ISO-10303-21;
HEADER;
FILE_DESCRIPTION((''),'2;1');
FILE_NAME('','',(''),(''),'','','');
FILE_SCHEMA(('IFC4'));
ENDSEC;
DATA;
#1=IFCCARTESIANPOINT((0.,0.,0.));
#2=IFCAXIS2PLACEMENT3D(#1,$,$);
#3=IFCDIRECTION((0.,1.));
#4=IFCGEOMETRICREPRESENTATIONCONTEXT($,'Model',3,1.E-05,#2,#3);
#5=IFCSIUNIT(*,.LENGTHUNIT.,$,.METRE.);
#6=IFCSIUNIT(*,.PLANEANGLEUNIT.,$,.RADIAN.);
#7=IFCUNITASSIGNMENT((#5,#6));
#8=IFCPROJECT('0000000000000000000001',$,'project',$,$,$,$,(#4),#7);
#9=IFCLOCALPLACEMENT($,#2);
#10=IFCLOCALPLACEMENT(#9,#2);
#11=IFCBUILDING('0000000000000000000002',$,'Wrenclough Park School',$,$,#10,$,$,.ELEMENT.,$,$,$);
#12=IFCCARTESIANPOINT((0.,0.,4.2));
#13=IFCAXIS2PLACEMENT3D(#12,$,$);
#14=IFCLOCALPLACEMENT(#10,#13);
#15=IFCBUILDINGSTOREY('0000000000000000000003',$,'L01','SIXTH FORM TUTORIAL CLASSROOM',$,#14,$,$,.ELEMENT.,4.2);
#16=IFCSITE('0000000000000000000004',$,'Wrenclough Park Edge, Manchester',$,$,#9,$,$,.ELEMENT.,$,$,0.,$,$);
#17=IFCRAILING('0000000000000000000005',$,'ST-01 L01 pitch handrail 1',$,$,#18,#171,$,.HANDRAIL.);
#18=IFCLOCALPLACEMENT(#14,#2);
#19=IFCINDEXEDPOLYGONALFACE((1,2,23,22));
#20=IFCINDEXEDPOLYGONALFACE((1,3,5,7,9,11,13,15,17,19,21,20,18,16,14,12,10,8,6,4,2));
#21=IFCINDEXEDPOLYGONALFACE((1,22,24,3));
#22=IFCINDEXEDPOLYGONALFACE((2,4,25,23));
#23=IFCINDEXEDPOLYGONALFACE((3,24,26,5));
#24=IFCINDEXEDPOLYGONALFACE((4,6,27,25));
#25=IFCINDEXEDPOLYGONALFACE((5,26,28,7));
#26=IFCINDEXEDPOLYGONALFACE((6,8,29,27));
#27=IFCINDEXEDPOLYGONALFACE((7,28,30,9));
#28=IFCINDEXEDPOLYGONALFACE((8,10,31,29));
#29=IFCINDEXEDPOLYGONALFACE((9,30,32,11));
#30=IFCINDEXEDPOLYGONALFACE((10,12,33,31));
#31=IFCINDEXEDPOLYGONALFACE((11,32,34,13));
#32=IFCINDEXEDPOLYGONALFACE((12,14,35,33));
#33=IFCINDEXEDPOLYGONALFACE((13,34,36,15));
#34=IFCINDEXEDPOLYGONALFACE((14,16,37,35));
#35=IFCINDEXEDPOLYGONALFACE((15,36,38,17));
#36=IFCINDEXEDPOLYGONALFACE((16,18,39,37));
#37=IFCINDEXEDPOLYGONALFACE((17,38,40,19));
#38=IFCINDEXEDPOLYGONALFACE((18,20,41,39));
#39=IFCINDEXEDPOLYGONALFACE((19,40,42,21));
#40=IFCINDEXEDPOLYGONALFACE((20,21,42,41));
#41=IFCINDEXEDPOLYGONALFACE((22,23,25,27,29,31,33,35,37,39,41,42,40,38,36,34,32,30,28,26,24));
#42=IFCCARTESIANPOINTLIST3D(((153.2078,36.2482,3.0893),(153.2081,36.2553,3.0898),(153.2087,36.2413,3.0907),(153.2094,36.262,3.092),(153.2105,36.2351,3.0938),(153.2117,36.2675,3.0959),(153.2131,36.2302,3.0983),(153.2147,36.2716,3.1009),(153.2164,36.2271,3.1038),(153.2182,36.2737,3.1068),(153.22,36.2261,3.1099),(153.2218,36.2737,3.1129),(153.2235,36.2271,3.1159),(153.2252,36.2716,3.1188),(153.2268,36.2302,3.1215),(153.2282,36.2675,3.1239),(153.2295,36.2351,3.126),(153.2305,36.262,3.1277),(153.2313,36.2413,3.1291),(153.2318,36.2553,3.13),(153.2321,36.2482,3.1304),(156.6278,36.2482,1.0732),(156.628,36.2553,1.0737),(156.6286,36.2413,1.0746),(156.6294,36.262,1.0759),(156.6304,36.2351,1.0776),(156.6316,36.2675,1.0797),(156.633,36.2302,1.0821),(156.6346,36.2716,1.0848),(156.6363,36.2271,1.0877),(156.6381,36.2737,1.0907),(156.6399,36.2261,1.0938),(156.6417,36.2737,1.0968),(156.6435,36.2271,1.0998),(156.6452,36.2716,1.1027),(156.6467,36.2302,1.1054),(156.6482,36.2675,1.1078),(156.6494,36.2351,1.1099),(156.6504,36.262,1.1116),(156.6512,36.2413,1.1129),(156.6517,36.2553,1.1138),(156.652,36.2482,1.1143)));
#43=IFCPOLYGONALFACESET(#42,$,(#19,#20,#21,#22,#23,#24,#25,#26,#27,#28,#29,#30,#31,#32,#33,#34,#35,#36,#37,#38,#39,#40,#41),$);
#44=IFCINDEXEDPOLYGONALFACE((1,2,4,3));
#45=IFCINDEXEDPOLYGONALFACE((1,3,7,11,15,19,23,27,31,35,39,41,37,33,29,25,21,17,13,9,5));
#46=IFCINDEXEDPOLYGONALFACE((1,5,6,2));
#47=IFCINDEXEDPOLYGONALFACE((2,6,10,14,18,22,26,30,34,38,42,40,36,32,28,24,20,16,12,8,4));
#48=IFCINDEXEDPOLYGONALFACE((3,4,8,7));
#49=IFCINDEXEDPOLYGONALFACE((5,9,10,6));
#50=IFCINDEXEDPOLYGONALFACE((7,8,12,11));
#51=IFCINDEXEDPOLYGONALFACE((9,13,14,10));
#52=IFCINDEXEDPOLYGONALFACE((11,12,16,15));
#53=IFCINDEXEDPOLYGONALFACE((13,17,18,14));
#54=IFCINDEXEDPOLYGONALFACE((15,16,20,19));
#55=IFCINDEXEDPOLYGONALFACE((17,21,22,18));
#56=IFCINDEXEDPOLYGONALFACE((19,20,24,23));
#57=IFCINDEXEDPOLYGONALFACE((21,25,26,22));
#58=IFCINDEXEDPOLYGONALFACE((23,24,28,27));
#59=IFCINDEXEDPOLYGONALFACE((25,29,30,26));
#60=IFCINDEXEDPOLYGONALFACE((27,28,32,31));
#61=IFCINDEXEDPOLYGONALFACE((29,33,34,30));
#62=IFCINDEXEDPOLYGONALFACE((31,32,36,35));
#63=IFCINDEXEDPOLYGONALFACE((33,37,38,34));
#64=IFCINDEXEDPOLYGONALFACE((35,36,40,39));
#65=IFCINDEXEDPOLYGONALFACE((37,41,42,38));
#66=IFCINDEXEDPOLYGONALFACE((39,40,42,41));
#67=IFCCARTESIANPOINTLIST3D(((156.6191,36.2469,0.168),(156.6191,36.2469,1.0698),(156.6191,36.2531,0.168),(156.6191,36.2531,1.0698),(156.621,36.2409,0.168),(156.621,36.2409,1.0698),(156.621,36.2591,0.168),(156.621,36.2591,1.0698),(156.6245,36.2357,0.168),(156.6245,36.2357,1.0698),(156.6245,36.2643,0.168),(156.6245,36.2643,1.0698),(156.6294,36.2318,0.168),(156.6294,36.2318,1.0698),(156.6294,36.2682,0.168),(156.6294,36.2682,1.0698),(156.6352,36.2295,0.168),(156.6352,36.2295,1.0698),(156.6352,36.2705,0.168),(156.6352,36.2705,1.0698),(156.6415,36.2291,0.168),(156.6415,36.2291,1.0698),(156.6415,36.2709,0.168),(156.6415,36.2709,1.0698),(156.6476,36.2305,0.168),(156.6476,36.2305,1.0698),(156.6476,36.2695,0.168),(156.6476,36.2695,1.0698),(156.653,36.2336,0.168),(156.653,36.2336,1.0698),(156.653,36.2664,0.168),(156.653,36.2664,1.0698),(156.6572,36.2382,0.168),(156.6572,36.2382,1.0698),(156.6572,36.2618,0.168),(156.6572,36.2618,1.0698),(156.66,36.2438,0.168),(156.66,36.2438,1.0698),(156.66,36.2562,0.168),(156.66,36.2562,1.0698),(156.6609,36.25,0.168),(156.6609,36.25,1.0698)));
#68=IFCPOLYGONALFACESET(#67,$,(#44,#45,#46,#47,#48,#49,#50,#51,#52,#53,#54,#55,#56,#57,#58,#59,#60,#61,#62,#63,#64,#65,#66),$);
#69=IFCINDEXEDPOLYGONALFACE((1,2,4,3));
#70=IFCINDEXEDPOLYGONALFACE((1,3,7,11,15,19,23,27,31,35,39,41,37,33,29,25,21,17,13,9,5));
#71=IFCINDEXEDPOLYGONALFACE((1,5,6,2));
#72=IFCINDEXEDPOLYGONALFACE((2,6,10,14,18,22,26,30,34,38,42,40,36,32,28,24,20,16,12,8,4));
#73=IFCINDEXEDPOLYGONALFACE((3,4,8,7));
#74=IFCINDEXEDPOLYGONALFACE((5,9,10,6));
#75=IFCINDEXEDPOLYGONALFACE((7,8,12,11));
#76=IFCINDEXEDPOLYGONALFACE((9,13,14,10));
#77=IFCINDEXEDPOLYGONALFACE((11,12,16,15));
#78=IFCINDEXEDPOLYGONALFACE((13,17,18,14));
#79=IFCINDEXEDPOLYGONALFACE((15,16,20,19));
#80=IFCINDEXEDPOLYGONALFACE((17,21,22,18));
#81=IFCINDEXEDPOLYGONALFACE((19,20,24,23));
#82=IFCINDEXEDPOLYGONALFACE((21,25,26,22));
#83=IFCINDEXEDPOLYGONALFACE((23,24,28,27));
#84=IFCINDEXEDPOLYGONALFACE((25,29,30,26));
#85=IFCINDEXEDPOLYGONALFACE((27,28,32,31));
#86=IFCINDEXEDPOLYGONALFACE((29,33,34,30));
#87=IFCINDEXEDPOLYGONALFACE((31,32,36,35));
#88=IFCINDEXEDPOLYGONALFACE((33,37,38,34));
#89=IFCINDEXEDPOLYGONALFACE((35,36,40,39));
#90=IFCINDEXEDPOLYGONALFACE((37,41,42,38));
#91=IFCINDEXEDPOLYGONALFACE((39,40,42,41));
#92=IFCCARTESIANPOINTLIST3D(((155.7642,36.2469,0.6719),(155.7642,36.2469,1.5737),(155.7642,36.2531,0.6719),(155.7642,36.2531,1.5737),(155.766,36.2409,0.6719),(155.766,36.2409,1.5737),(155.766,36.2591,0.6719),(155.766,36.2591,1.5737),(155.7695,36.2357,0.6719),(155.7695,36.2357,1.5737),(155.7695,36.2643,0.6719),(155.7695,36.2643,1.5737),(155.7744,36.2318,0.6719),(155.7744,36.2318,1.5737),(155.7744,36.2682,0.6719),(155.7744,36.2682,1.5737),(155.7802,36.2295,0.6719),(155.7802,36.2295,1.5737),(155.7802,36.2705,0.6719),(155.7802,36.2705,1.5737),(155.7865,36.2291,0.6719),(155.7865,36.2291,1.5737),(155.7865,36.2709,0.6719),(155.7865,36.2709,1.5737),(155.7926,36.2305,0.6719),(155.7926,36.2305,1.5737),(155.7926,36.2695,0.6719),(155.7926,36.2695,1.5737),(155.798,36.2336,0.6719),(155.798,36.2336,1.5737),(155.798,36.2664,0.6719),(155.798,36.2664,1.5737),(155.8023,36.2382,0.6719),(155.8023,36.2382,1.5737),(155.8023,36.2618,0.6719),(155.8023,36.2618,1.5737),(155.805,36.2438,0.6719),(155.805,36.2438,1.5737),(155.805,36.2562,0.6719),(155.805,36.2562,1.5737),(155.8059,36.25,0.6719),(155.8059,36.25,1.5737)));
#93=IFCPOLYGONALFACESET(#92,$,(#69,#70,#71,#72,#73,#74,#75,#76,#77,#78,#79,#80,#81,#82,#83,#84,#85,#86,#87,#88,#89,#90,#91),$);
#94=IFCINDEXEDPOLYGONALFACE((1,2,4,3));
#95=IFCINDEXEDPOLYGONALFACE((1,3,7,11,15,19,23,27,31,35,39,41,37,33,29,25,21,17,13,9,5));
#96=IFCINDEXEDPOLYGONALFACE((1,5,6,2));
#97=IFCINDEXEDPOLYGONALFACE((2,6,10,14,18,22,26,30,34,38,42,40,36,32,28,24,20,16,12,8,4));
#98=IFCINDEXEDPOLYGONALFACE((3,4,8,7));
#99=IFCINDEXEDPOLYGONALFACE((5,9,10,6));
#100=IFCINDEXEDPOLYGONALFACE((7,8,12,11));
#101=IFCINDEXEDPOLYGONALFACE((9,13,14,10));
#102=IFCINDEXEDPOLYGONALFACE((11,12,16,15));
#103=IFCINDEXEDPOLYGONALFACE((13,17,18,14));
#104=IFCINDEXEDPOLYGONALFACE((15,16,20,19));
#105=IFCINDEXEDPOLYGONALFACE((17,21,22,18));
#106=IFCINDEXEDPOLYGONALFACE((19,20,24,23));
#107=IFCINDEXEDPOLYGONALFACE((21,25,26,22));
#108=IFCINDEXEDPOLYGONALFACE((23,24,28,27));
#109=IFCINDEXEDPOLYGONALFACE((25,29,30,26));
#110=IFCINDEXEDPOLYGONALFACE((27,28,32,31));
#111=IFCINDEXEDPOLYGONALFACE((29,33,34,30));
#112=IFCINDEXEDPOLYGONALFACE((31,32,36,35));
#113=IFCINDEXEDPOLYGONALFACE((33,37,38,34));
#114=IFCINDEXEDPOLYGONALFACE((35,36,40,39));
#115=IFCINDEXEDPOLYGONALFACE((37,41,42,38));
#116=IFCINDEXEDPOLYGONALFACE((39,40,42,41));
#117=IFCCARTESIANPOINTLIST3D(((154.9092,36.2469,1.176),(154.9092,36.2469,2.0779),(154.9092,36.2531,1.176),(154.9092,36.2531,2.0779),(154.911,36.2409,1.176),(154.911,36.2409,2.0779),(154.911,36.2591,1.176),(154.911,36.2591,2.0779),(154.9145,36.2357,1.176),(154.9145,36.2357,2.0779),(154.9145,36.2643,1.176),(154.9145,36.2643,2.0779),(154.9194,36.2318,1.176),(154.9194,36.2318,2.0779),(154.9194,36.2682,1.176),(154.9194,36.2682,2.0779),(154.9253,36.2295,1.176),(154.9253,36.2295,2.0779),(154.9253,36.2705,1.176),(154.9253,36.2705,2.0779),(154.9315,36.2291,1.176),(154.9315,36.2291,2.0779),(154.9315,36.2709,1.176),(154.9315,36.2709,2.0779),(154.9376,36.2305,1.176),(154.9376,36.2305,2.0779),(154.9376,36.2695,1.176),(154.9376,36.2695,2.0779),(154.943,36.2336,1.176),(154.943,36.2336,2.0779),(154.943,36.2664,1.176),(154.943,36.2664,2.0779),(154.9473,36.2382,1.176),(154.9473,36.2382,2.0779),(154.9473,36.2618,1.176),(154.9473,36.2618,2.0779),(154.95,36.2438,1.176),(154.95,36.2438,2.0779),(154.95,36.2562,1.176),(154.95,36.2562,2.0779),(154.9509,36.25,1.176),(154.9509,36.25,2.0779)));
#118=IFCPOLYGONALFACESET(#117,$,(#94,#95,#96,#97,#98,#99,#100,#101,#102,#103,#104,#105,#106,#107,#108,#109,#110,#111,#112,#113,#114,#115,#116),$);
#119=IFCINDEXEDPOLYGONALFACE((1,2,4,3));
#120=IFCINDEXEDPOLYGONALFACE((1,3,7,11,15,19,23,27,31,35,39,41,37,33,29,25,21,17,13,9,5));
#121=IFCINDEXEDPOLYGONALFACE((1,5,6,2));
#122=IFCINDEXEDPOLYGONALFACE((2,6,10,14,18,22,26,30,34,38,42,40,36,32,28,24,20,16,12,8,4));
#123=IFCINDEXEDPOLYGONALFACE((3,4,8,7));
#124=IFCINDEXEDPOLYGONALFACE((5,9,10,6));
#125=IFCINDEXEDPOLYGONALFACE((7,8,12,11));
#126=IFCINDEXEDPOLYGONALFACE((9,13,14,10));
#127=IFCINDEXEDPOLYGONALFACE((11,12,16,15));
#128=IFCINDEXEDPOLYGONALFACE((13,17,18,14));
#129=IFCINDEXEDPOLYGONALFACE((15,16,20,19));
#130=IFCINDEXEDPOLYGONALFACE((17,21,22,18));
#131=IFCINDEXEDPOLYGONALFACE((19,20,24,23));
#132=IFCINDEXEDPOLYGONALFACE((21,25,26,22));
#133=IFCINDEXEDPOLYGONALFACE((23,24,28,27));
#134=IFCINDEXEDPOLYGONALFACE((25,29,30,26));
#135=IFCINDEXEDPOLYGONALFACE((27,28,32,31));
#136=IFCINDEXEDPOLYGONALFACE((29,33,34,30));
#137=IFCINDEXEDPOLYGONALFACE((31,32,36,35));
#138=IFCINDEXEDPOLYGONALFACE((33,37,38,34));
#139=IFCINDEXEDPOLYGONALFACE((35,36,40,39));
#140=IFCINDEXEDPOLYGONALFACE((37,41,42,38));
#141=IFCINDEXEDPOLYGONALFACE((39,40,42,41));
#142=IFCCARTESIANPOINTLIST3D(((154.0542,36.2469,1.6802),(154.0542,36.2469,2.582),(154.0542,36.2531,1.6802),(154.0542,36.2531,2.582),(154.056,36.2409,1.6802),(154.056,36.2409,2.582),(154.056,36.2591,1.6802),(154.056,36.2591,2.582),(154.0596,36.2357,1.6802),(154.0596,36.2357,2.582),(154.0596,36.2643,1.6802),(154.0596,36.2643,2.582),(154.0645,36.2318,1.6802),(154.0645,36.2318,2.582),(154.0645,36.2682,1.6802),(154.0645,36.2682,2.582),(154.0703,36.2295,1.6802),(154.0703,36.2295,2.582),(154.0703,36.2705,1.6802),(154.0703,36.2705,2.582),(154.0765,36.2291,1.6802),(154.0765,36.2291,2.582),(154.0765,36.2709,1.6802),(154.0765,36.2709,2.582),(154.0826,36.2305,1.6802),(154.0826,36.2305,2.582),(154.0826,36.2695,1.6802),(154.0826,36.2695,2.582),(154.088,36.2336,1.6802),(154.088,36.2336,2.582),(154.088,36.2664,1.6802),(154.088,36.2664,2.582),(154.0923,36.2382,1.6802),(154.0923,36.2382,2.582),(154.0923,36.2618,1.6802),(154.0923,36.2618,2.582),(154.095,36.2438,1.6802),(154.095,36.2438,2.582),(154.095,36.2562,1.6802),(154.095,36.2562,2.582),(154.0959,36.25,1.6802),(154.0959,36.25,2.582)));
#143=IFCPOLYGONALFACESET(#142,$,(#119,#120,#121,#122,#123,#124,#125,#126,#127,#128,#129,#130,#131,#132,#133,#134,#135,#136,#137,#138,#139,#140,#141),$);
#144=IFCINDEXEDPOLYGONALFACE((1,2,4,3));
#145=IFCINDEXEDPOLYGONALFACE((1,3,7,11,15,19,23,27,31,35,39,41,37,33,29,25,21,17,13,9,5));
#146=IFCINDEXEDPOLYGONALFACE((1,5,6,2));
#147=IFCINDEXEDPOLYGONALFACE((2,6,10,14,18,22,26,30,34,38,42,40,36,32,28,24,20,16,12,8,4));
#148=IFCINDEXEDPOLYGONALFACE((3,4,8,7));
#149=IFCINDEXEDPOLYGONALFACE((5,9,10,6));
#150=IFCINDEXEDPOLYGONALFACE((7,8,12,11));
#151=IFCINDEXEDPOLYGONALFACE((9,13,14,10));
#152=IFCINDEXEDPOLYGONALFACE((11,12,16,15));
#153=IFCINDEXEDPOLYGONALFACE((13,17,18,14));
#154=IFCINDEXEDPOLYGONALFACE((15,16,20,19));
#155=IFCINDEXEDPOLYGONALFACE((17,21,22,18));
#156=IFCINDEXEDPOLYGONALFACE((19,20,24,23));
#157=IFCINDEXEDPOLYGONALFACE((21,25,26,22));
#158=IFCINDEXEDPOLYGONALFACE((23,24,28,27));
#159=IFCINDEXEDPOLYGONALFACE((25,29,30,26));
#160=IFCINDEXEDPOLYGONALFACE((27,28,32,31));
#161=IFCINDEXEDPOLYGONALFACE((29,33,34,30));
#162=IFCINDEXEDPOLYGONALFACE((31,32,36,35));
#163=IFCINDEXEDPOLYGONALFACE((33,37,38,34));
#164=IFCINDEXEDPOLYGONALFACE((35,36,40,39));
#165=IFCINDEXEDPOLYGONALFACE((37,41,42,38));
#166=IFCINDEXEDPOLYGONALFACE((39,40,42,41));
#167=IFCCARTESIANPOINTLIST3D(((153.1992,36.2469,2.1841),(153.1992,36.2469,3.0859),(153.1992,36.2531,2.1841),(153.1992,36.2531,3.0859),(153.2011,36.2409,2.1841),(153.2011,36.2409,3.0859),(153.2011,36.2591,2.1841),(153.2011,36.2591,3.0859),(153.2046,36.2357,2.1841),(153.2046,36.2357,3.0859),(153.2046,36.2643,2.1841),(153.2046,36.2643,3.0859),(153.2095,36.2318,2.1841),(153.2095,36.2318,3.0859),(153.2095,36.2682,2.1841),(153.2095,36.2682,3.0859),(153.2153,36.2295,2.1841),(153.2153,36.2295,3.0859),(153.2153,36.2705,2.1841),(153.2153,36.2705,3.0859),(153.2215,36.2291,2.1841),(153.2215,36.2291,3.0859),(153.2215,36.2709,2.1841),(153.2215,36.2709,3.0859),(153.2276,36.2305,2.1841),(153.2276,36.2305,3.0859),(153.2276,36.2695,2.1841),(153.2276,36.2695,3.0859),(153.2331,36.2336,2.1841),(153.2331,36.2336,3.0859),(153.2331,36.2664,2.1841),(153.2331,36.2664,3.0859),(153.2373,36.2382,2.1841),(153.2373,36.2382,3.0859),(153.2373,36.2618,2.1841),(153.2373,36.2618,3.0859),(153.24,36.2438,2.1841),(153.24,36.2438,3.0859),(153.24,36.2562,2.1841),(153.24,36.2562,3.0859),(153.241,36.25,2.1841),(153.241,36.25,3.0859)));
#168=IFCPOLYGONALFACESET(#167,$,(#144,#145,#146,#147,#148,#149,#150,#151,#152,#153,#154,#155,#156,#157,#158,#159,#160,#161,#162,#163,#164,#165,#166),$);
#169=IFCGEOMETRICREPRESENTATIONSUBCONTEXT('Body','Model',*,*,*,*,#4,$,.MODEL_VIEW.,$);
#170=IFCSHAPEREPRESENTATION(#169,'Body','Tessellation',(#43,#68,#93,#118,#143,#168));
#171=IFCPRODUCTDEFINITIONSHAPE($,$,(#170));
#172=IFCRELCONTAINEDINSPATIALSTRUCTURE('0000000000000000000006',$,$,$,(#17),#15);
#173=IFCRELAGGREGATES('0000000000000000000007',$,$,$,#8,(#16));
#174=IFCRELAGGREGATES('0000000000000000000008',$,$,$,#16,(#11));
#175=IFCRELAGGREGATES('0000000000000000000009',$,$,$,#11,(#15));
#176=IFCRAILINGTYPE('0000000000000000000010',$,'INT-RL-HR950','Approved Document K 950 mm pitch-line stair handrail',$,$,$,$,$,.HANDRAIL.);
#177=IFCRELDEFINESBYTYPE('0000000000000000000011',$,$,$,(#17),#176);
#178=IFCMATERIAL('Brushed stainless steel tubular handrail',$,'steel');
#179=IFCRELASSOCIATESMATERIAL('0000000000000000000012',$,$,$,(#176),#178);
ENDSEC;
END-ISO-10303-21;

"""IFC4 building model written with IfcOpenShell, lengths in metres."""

from ifc_helpers import new_model, si_unit, direction, frame, origin, origin_2d, place, context, subcontext, project, spatial, circle, extrude, material, type_object, element, save


model = new_model("IFC4")

# Units and contexts
model_context = context("Model", 3, precision=1e-05, world=origin(), true_north=direction((0.0, 1.0)))
body_context = subcontext(model_context, "Body", "Model", "MODEL_VIEW")
ifc_project = project(units=[si_unit("LENGTHUNIT", "METRE"), si_unit("PLANEANGLEUNIT", "RADIAN")], contexts=[model_context])

# Site, building, storey
site_placement = place(None, origin())
site = spatial("IfcSite", under=ifc_project, at=site_placement, Name="Wrenclough Park Edge, Manchester", CompositionType="ELEMENT", RefElevation=0.0)
building_placement = place(site_placement, origin())
building = spatial("IfcBuilding", under=site, at=building_placement, Name="Wrenclough Park School", CompositionType="ELEMENT")
storey_placement = place(building_placement, frame((0.0, 0.0, 4.2)))
storey = spatial("IfcBuildingStorey", under=building, at=storey_placement, Name="L01", Description="SIXTH FORM TUTORIAL CLASSROOM", CompositionType="ELEMENT", Elevation=4.2)

# Railing
ifc_material_1 = material(Name="Brushed stainless steel tubular handrail", Category="steel")
railing_type_1 = type_object("IfcRailingType", Name="INT-RL-HR950", Description="Approved Document K 950 mm pitch-line stair handrail", PredefinedType="HANDRAIL", material=ifc_material_1)
railing_1_placement = place(storey_placement, frame((156.6399, 36.25, 0.168)))
element("IfcRailing", 1, at=railing_1_placement, inside=storey, type_object=railing_type_1, Name="ST-01 L01 pitch handrail 1", PredefinedType="HANDRAIL", context=body_context, shape_type="SweptSolid", body=[
    extrude(circle(Radius=0.0239, at=origin_2d()), frame((0.0, 0.0, 0.9258), z_axis=(-0.86145, 0.0, 0.507842), x_axis=(0.0, -1.0, 0.0)), (0.0, 0.0, 1.0), 3.97),
    extrude(circle(Radius=0.021, at=origin_2d()), origin(), (0.0, 0.0, 1.0), 0.9019),
    extrude(circle(Radius=0.021, at=origin_2d()), frame((-0.855, 0.0, 0.5039)), (0.0, 0.0, 1.0), 0.9019),
    extrude(circle(Radius=0.021, at=origin_2d()), frame((-1.71, 0.0, 1.0081)), (0.0, 0.0, 1.0), 0.9019),
    extrude(circle(Radius=0.021, at=origin_2d()), frame((-2.5649, 0.0, 1.5122)), (0.0, 0.0, 1.0), 0.9019),
    extrude(circle(Radius=0.021, at=origin_2d()), frame((-3.4199, 0.0, 2.0161)), (0.0, 0.0, 1.0), 0.9019),
])

save(model, "model.ifc")
